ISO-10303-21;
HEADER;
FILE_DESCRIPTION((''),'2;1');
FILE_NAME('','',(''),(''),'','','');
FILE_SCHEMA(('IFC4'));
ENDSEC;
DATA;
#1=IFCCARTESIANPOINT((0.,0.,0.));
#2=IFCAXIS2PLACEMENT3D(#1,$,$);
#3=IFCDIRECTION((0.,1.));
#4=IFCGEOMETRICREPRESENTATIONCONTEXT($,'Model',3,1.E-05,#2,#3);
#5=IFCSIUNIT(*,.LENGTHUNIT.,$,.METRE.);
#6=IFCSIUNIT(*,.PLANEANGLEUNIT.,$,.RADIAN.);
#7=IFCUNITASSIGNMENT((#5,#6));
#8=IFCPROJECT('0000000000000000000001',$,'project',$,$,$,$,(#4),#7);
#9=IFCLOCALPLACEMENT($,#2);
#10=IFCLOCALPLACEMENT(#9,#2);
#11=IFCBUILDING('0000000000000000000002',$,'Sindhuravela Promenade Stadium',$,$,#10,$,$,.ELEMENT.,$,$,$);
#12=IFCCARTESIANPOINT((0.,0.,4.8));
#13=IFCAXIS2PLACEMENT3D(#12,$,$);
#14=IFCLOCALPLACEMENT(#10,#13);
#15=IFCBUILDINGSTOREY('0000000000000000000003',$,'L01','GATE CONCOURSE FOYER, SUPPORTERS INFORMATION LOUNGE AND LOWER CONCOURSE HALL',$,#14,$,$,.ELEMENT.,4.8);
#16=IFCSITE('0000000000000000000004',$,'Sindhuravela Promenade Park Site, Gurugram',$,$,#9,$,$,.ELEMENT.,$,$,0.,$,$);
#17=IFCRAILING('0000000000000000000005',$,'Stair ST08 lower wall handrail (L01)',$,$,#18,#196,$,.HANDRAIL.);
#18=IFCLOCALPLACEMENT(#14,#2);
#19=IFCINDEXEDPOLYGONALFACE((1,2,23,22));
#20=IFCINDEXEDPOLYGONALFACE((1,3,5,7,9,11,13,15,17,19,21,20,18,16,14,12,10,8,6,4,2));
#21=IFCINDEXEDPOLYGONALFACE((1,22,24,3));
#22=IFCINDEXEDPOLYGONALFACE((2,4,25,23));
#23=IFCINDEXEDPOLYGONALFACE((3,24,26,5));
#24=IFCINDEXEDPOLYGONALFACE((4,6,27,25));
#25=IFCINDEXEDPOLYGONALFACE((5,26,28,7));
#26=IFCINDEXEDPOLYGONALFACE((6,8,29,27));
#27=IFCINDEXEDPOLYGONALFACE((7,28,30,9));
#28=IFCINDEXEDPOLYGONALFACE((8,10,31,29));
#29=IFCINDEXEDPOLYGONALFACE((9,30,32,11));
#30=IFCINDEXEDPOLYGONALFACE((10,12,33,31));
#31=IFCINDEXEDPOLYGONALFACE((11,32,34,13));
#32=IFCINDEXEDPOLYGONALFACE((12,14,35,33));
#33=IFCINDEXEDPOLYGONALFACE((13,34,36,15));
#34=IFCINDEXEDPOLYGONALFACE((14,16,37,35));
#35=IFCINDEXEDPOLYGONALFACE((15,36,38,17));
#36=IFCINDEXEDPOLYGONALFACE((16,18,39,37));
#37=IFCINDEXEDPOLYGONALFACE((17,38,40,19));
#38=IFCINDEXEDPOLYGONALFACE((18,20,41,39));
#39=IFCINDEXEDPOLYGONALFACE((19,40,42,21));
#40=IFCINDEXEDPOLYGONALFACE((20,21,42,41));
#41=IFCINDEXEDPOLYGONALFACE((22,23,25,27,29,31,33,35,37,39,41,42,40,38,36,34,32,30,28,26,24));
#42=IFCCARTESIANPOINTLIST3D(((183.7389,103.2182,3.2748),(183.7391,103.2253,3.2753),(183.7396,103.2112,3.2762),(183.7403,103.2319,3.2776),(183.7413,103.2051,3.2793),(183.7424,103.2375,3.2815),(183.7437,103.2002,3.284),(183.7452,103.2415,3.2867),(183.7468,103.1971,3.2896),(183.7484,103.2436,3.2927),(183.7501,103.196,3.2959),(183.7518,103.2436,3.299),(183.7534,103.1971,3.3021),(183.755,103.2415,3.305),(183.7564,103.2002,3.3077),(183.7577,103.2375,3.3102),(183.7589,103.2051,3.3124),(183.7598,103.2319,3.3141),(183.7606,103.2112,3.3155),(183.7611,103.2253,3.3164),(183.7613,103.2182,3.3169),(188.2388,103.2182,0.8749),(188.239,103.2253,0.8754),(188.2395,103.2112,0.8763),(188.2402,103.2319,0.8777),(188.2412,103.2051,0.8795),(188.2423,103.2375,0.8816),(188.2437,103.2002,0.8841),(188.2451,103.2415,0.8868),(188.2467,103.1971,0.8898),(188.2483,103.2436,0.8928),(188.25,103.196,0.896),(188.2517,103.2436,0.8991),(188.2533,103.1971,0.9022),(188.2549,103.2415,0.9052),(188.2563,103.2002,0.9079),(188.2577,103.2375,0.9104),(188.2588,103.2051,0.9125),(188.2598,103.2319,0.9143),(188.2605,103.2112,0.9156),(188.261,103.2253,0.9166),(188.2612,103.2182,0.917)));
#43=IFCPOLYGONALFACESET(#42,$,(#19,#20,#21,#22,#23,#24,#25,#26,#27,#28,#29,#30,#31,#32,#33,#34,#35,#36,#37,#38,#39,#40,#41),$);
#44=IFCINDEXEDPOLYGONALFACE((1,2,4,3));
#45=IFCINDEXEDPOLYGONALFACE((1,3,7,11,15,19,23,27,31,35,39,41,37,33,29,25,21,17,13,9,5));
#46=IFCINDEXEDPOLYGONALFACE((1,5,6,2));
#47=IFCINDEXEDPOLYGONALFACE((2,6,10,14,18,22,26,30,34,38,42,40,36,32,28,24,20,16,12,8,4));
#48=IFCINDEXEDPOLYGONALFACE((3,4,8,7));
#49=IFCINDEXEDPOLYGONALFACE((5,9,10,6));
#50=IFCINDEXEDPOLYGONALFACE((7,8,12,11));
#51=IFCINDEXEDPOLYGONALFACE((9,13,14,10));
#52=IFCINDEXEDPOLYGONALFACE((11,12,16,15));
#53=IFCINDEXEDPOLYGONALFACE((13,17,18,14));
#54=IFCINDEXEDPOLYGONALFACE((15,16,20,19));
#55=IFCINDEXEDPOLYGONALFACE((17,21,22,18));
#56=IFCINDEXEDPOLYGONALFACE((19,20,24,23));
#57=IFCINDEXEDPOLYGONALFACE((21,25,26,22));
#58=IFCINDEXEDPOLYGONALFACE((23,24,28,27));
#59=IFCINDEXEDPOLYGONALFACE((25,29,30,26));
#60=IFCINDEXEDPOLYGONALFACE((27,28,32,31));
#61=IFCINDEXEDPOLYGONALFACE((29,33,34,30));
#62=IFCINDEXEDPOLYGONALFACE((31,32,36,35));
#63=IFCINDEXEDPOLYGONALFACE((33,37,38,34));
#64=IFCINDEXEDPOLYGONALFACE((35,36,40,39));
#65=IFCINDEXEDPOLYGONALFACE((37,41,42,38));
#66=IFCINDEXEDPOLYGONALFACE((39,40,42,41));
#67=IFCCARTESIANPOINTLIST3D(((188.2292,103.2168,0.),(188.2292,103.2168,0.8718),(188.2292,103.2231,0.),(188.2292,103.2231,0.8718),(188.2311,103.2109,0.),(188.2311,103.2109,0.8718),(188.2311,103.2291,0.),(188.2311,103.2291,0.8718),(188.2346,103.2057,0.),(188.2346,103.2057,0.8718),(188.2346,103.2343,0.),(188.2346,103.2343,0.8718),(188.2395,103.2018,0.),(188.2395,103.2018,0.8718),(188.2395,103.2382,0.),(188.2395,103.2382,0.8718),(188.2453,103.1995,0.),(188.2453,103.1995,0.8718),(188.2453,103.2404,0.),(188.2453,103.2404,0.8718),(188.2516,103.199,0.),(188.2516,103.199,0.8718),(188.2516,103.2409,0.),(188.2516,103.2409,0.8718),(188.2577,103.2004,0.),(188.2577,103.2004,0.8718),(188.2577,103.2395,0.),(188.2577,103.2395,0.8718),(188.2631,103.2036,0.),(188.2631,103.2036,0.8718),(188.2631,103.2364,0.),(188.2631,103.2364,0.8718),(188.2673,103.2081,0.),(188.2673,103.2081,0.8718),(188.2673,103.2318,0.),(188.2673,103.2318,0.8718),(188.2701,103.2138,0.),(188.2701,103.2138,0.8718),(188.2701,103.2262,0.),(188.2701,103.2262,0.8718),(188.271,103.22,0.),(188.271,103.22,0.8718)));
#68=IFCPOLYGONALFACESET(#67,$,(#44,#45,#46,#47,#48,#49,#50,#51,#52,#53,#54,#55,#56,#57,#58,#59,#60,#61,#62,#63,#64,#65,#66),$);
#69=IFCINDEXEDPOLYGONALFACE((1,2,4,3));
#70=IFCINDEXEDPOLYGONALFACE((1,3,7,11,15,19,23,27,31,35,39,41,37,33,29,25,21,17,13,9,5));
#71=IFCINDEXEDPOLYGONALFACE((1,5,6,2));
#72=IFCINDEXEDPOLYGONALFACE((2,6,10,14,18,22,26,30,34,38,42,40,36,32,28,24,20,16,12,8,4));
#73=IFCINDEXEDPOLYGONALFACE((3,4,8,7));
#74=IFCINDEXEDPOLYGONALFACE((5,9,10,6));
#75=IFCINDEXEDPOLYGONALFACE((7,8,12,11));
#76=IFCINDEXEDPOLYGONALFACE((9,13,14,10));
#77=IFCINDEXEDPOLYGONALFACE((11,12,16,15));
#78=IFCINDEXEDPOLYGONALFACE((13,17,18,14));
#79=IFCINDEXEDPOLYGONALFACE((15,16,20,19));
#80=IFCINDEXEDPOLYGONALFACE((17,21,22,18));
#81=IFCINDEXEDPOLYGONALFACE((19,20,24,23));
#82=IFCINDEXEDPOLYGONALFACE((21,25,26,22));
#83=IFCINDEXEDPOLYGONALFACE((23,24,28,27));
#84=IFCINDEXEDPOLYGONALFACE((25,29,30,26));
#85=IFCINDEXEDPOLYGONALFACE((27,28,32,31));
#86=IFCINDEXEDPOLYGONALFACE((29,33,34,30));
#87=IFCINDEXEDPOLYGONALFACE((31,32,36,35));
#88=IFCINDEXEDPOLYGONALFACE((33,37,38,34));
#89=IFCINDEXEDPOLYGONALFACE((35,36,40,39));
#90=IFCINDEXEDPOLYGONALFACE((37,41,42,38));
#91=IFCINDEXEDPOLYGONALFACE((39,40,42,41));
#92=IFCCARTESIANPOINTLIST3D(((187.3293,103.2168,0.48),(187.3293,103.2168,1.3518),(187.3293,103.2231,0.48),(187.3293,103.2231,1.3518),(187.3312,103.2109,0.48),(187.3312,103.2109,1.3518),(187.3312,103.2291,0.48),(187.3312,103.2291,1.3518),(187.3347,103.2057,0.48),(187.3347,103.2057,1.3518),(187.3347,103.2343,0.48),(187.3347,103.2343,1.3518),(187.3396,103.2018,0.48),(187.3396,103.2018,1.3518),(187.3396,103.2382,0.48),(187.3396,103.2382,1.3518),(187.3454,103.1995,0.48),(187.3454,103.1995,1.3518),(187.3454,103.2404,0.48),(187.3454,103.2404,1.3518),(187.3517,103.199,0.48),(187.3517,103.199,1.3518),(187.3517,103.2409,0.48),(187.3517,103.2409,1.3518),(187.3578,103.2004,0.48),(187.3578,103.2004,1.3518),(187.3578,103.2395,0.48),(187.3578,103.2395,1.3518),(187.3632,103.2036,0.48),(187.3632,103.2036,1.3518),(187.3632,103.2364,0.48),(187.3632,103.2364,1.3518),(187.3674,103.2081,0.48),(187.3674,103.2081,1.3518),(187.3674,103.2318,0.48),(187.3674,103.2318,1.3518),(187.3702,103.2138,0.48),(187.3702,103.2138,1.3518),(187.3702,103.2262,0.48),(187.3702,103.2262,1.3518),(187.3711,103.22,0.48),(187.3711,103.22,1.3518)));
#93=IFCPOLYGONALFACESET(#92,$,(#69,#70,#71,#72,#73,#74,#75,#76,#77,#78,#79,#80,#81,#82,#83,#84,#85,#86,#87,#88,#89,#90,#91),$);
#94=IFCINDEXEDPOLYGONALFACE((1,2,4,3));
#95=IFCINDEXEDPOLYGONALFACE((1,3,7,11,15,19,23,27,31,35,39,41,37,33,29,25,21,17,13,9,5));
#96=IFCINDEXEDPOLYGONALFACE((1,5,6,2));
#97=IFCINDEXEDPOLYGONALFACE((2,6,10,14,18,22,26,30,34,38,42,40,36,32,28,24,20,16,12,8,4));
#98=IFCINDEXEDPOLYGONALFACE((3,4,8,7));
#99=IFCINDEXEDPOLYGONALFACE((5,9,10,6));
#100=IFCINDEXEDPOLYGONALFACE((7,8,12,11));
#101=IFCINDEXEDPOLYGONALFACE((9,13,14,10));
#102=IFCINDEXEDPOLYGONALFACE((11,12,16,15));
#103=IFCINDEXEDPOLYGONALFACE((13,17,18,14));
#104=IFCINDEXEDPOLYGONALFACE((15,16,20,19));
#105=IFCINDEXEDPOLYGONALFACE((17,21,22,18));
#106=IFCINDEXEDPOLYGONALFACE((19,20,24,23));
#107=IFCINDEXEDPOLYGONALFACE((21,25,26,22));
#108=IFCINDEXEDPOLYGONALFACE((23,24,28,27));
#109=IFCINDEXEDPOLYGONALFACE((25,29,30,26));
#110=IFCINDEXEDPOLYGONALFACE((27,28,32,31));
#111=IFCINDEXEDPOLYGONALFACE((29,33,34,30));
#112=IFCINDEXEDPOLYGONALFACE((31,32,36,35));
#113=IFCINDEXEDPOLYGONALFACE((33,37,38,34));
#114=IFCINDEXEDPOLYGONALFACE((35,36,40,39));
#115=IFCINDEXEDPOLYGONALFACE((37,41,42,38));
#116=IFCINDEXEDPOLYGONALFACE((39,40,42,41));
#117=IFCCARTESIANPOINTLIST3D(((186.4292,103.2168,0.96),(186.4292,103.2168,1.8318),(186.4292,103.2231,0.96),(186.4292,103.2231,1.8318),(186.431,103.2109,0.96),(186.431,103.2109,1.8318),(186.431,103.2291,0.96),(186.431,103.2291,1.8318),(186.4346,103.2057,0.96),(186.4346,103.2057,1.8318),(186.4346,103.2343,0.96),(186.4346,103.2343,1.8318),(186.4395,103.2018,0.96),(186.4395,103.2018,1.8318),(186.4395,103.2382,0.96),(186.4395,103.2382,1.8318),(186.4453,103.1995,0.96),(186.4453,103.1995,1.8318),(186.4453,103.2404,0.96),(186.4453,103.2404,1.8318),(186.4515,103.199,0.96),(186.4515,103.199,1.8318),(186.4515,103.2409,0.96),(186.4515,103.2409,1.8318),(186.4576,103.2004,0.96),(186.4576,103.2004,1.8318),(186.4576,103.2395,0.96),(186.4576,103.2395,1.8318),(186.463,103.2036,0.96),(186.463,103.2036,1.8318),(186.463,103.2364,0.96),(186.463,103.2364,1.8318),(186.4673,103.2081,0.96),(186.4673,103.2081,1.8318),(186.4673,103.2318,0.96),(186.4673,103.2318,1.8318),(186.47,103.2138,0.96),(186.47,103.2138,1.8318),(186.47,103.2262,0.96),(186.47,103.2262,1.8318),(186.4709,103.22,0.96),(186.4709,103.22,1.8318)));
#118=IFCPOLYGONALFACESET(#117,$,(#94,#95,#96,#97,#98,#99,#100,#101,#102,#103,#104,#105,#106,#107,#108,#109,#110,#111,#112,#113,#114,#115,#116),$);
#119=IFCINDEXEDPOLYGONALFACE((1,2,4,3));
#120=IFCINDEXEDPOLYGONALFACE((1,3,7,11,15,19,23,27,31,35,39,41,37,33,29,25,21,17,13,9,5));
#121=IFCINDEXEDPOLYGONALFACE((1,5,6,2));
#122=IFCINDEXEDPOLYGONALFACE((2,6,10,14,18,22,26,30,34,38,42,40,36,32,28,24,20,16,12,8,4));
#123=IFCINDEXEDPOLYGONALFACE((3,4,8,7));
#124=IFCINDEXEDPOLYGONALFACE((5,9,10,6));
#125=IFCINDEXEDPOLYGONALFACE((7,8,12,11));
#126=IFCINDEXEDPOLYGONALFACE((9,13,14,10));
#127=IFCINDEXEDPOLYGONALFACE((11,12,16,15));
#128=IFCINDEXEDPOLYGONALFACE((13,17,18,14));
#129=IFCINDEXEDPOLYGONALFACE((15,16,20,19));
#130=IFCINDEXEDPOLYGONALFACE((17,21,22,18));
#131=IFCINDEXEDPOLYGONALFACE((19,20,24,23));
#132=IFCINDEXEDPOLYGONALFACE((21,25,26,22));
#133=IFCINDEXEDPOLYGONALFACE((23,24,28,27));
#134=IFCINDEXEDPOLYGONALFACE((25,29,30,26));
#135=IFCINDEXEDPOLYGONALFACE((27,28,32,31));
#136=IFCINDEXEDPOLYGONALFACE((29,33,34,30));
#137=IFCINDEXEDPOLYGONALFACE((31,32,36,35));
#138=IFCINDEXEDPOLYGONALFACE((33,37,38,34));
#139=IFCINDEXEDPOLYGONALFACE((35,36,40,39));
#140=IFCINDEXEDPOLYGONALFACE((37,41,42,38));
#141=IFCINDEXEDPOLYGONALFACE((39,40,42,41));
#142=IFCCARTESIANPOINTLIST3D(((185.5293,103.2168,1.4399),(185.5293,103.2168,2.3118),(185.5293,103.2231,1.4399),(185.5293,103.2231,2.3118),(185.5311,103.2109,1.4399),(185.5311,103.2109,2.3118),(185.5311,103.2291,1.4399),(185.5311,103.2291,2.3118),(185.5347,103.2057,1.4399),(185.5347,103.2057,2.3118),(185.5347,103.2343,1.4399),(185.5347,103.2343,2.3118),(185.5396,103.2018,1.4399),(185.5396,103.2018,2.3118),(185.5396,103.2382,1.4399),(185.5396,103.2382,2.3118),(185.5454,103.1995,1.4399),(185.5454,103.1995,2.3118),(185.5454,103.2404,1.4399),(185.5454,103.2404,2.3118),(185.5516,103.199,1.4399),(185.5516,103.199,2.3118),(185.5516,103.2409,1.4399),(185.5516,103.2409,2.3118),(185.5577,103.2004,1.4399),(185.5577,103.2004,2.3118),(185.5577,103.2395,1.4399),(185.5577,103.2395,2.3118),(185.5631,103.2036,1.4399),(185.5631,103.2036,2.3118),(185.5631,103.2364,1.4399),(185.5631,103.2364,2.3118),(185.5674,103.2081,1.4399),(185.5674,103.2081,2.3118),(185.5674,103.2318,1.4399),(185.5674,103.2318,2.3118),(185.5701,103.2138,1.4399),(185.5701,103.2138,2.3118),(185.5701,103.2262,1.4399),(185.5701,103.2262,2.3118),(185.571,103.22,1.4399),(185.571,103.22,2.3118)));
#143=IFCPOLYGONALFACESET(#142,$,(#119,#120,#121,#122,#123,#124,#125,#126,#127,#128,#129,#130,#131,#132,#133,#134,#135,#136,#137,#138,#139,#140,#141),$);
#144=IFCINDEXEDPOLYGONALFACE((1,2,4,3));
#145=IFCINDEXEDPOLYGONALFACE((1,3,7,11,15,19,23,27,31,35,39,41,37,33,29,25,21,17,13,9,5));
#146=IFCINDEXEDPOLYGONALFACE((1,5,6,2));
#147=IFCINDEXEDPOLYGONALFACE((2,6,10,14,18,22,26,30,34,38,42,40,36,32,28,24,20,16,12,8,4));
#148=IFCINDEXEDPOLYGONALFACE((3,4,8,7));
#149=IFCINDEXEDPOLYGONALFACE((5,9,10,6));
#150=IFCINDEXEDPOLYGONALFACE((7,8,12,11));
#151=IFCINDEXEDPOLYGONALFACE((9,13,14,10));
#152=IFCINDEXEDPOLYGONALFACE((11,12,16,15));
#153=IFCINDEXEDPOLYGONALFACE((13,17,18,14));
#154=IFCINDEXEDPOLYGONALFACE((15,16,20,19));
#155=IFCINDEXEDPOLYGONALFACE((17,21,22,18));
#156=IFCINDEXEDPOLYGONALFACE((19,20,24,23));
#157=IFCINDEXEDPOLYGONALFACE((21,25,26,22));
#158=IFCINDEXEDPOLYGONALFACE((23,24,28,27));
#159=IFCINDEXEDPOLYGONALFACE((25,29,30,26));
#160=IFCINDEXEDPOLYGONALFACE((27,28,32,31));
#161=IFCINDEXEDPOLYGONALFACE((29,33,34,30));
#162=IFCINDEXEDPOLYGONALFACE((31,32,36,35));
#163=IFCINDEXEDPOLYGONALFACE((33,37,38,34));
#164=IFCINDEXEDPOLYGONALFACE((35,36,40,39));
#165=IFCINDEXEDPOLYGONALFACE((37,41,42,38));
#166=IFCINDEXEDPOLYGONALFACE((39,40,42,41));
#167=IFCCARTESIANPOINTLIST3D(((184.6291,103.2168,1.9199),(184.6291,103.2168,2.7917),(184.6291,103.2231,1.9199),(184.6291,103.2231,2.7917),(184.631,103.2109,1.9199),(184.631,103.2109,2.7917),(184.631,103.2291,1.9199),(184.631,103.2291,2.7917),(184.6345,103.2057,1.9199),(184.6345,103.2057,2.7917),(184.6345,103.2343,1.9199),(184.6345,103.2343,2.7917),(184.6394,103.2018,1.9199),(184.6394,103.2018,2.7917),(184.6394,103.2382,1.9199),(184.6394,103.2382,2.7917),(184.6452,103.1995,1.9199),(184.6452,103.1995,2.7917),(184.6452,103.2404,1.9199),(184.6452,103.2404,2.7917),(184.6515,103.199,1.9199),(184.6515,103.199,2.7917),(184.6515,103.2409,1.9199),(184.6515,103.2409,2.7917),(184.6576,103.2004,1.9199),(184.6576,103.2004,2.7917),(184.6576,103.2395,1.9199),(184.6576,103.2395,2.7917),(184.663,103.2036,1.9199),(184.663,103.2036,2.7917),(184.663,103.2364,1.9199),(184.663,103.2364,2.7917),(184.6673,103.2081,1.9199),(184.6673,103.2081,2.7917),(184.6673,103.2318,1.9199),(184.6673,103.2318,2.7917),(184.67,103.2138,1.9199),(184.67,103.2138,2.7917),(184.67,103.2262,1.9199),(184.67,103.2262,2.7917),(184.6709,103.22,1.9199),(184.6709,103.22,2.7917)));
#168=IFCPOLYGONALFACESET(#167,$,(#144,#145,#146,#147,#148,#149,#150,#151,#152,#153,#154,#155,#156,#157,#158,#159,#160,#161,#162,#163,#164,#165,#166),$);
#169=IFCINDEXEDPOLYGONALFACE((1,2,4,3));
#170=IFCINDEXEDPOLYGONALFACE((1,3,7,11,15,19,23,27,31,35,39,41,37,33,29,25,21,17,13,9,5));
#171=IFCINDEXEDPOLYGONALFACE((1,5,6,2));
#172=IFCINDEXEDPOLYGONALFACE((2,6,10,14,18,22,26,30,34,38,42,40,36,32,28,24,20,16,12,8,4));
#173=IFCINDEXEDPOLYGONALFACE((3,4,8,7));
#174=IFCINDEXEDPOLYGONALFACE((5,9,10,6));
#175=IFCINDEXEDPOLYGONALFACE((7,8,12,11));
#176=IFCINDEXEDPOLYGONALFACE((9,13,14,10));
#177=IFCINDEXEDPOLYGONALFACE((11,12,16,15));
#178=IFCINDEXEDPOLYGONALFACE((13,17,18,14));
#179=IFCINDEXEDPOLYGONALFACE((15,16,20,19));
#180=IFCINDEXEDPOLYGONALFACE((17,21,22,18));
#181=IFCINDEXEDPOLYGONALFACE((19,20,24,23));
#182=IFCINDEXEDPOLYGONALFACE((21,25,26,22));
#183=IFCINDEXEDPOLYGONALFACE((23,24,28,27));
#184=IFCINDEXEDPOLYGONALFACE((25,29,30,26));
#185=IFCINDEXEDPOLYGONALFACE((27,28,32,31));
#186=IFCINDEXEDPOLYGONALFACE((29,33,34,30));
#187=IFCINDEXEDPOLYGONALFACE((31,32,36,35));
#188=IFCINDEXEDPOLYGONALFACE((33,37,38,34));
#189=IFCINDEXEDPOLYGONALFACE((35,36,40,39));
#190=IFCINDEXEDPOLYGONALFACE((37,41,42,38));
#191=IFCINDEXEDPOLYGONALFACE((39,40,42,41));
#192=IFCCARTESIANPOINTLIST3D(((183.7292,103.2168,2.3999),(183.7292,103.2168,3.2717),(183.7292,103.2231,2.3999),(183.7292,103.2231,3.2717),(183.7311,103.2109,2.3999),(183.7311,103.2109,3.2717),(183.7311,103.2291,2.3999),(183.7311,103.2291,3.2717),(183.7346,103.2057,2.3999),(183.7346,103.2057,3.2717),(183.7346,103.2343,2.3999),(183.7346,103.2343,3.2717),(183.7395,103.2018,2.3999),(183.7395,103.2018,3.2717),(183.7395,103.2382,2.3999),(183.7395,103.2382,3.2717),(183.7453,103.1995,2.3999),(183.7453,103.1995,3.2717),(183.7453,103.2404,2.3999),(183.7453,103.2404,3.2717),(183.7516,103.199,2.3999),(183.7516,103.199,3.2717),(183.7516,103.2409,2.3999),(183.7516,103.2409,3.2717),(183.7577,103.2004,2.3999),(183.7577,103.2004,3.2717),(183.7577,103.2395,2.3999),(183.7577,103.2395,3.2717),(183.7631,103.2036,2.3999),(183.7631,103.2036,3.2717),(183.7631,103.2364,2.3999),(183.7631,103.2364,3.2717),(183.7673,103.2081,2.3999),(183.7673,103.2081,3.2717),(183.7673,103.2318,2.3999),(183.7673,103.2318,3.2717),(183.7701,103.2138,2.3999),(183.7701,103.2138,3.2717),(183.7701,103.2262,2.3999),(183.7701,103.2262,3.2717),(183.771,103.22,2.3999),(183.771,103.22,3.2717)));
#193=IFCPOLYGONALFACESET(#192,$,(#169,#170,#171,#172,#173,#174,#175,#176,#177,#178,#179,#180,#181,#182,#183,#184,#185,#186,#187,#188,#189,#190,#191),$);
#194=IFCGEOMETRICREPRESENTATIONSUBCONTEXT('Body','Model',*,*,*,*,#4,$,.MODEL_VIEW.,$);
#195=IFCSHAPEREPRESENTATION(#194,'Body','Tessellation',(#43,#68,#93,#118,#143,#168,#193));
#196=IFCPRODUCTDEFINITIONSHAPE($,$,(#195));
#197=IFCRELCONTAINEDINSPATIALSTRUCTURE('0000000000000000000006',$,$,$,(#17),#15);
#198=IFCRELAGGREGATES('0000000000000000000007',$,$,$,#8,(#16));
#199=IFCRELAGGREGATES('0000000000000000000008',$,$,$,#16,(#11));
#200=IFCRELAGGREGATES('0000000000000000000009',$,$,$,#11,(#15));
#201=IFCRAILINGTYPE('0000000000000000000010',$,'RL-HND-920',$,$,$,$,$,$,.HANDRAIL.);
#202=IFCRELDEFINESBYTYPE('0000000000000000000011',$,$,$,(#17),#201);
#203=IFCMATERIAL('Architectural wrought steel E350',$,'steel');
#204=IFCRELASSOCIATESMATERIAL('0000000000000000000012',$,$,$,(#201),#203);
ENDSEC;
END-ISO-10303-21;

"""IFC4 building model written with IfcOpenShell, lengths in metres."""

from ifc_helpers import new_model, si_unit, direction, frame, origin, origin_2d, place, context, subcontext, project, spatial, circle, extrude, material, type_object, element, save


model = new_model("IFC4")

# Units and contexts
model_context = context("Model", 3, precision=1e-05, world=origin(), true_north=direction((0.0, 1.0)))
body_context = subcontext(model_context, "Body", "Model", "MODEL_VIEW")
ifc_project = project(units=[si_unit("LENGTHUNIT", "METRE"), si_unit("PLANEANGLEUNIT", "RADIAN")], contexts=[model_context])

# Site, building, storey
site_placement = place(None, origin())
site = spatial("IfcSite", under=ifc_project, at=site_placement, Name="Sindhuravela Promenade Park Site, Gurugram", CompositionType="ELEMENT", RefElevation=0.0)
building_placement = place(site_placement, origin())
building = spatial("IfcBuilding", under=site, at=building_placement, Name="Sindhuravela Promenade Stadium", CompositionType="ELEMENT")
storey_placement = place(building_placement, frame((0.0, 0.0, 4.8)))
storey = spatial("IfcBuildingStorey", under=building, at=storey_placement, Name="L01", Description="GATE CONCOURSE FOYER, SUPPORTERS INFORMATION LOUNGE AND LOWER CONCOURSE HALL", CompositionType="ELEMENT", Elevation=4.8)

# Railing
ifc_material_1 = material(Name="Architectural wrought steel E350", Category="steel")
railing_type_1 = type_object("IfcRailingType", Name="RL-HND-920", PredefinedType="HANDRAIL", material=ifc_material_1)
railing_1_placement = place(storey_placement, frame((188.25, 103.22, 0.0)))
element("IfcRailing", 1, at=railing_1_placement, inside=storey, type_object=railing_type_1, Name="Stair ST08 lower wall handrail (L01)", PredefinedType="HANDRAIL", context=body_context, shape_type="SweptSolid", body=[
    extrude(circle(Radius=0.0239, at=origin_2d()), frame((0.0, 0.0, 0.896), z_axis=(-0.882361, 0.0, 0.470573), x_axis=(0.0, -1.0, 0.0)), (0.0, 0.0, 1.0), 5.0999),
    extrude(circle(Radius=0.021, at=origin_2d()), origin(), (0.0, 0.0, 1.0), 0.8718),
    extrude(circle(Radius=0.021, at=origin_2d()), frame((-0.8999, 0.0, 0.48)), (0.0, 0.0, 1.0), 0.8718),
    extrude(circle(Radius=0.021, at=origin_2d()), frame((-1.8, 0.0, 0.96)), (0.0, 0.0, 1.0), 0.8718),
    extrude(circle(Radius=0.021, at=origin_2d()), frame((-2.7, 0.0, 1.4399)), (0.0, 0.0, 1.0), 0.8718),
    extrude(circle(Radius=0.021, at=origin_2d()), frame((-3.6001, 0.0, 1.9199)), (0.0, 0.0, 1.0), 0.8718),
    extrude(circle(Radius=0.021, at=origin_2d()), frame((-4.5, 0.0, 2.3999)), (0.0, 0.0, 1.0), 0.8718),
])

save(model, "model.ifc")
